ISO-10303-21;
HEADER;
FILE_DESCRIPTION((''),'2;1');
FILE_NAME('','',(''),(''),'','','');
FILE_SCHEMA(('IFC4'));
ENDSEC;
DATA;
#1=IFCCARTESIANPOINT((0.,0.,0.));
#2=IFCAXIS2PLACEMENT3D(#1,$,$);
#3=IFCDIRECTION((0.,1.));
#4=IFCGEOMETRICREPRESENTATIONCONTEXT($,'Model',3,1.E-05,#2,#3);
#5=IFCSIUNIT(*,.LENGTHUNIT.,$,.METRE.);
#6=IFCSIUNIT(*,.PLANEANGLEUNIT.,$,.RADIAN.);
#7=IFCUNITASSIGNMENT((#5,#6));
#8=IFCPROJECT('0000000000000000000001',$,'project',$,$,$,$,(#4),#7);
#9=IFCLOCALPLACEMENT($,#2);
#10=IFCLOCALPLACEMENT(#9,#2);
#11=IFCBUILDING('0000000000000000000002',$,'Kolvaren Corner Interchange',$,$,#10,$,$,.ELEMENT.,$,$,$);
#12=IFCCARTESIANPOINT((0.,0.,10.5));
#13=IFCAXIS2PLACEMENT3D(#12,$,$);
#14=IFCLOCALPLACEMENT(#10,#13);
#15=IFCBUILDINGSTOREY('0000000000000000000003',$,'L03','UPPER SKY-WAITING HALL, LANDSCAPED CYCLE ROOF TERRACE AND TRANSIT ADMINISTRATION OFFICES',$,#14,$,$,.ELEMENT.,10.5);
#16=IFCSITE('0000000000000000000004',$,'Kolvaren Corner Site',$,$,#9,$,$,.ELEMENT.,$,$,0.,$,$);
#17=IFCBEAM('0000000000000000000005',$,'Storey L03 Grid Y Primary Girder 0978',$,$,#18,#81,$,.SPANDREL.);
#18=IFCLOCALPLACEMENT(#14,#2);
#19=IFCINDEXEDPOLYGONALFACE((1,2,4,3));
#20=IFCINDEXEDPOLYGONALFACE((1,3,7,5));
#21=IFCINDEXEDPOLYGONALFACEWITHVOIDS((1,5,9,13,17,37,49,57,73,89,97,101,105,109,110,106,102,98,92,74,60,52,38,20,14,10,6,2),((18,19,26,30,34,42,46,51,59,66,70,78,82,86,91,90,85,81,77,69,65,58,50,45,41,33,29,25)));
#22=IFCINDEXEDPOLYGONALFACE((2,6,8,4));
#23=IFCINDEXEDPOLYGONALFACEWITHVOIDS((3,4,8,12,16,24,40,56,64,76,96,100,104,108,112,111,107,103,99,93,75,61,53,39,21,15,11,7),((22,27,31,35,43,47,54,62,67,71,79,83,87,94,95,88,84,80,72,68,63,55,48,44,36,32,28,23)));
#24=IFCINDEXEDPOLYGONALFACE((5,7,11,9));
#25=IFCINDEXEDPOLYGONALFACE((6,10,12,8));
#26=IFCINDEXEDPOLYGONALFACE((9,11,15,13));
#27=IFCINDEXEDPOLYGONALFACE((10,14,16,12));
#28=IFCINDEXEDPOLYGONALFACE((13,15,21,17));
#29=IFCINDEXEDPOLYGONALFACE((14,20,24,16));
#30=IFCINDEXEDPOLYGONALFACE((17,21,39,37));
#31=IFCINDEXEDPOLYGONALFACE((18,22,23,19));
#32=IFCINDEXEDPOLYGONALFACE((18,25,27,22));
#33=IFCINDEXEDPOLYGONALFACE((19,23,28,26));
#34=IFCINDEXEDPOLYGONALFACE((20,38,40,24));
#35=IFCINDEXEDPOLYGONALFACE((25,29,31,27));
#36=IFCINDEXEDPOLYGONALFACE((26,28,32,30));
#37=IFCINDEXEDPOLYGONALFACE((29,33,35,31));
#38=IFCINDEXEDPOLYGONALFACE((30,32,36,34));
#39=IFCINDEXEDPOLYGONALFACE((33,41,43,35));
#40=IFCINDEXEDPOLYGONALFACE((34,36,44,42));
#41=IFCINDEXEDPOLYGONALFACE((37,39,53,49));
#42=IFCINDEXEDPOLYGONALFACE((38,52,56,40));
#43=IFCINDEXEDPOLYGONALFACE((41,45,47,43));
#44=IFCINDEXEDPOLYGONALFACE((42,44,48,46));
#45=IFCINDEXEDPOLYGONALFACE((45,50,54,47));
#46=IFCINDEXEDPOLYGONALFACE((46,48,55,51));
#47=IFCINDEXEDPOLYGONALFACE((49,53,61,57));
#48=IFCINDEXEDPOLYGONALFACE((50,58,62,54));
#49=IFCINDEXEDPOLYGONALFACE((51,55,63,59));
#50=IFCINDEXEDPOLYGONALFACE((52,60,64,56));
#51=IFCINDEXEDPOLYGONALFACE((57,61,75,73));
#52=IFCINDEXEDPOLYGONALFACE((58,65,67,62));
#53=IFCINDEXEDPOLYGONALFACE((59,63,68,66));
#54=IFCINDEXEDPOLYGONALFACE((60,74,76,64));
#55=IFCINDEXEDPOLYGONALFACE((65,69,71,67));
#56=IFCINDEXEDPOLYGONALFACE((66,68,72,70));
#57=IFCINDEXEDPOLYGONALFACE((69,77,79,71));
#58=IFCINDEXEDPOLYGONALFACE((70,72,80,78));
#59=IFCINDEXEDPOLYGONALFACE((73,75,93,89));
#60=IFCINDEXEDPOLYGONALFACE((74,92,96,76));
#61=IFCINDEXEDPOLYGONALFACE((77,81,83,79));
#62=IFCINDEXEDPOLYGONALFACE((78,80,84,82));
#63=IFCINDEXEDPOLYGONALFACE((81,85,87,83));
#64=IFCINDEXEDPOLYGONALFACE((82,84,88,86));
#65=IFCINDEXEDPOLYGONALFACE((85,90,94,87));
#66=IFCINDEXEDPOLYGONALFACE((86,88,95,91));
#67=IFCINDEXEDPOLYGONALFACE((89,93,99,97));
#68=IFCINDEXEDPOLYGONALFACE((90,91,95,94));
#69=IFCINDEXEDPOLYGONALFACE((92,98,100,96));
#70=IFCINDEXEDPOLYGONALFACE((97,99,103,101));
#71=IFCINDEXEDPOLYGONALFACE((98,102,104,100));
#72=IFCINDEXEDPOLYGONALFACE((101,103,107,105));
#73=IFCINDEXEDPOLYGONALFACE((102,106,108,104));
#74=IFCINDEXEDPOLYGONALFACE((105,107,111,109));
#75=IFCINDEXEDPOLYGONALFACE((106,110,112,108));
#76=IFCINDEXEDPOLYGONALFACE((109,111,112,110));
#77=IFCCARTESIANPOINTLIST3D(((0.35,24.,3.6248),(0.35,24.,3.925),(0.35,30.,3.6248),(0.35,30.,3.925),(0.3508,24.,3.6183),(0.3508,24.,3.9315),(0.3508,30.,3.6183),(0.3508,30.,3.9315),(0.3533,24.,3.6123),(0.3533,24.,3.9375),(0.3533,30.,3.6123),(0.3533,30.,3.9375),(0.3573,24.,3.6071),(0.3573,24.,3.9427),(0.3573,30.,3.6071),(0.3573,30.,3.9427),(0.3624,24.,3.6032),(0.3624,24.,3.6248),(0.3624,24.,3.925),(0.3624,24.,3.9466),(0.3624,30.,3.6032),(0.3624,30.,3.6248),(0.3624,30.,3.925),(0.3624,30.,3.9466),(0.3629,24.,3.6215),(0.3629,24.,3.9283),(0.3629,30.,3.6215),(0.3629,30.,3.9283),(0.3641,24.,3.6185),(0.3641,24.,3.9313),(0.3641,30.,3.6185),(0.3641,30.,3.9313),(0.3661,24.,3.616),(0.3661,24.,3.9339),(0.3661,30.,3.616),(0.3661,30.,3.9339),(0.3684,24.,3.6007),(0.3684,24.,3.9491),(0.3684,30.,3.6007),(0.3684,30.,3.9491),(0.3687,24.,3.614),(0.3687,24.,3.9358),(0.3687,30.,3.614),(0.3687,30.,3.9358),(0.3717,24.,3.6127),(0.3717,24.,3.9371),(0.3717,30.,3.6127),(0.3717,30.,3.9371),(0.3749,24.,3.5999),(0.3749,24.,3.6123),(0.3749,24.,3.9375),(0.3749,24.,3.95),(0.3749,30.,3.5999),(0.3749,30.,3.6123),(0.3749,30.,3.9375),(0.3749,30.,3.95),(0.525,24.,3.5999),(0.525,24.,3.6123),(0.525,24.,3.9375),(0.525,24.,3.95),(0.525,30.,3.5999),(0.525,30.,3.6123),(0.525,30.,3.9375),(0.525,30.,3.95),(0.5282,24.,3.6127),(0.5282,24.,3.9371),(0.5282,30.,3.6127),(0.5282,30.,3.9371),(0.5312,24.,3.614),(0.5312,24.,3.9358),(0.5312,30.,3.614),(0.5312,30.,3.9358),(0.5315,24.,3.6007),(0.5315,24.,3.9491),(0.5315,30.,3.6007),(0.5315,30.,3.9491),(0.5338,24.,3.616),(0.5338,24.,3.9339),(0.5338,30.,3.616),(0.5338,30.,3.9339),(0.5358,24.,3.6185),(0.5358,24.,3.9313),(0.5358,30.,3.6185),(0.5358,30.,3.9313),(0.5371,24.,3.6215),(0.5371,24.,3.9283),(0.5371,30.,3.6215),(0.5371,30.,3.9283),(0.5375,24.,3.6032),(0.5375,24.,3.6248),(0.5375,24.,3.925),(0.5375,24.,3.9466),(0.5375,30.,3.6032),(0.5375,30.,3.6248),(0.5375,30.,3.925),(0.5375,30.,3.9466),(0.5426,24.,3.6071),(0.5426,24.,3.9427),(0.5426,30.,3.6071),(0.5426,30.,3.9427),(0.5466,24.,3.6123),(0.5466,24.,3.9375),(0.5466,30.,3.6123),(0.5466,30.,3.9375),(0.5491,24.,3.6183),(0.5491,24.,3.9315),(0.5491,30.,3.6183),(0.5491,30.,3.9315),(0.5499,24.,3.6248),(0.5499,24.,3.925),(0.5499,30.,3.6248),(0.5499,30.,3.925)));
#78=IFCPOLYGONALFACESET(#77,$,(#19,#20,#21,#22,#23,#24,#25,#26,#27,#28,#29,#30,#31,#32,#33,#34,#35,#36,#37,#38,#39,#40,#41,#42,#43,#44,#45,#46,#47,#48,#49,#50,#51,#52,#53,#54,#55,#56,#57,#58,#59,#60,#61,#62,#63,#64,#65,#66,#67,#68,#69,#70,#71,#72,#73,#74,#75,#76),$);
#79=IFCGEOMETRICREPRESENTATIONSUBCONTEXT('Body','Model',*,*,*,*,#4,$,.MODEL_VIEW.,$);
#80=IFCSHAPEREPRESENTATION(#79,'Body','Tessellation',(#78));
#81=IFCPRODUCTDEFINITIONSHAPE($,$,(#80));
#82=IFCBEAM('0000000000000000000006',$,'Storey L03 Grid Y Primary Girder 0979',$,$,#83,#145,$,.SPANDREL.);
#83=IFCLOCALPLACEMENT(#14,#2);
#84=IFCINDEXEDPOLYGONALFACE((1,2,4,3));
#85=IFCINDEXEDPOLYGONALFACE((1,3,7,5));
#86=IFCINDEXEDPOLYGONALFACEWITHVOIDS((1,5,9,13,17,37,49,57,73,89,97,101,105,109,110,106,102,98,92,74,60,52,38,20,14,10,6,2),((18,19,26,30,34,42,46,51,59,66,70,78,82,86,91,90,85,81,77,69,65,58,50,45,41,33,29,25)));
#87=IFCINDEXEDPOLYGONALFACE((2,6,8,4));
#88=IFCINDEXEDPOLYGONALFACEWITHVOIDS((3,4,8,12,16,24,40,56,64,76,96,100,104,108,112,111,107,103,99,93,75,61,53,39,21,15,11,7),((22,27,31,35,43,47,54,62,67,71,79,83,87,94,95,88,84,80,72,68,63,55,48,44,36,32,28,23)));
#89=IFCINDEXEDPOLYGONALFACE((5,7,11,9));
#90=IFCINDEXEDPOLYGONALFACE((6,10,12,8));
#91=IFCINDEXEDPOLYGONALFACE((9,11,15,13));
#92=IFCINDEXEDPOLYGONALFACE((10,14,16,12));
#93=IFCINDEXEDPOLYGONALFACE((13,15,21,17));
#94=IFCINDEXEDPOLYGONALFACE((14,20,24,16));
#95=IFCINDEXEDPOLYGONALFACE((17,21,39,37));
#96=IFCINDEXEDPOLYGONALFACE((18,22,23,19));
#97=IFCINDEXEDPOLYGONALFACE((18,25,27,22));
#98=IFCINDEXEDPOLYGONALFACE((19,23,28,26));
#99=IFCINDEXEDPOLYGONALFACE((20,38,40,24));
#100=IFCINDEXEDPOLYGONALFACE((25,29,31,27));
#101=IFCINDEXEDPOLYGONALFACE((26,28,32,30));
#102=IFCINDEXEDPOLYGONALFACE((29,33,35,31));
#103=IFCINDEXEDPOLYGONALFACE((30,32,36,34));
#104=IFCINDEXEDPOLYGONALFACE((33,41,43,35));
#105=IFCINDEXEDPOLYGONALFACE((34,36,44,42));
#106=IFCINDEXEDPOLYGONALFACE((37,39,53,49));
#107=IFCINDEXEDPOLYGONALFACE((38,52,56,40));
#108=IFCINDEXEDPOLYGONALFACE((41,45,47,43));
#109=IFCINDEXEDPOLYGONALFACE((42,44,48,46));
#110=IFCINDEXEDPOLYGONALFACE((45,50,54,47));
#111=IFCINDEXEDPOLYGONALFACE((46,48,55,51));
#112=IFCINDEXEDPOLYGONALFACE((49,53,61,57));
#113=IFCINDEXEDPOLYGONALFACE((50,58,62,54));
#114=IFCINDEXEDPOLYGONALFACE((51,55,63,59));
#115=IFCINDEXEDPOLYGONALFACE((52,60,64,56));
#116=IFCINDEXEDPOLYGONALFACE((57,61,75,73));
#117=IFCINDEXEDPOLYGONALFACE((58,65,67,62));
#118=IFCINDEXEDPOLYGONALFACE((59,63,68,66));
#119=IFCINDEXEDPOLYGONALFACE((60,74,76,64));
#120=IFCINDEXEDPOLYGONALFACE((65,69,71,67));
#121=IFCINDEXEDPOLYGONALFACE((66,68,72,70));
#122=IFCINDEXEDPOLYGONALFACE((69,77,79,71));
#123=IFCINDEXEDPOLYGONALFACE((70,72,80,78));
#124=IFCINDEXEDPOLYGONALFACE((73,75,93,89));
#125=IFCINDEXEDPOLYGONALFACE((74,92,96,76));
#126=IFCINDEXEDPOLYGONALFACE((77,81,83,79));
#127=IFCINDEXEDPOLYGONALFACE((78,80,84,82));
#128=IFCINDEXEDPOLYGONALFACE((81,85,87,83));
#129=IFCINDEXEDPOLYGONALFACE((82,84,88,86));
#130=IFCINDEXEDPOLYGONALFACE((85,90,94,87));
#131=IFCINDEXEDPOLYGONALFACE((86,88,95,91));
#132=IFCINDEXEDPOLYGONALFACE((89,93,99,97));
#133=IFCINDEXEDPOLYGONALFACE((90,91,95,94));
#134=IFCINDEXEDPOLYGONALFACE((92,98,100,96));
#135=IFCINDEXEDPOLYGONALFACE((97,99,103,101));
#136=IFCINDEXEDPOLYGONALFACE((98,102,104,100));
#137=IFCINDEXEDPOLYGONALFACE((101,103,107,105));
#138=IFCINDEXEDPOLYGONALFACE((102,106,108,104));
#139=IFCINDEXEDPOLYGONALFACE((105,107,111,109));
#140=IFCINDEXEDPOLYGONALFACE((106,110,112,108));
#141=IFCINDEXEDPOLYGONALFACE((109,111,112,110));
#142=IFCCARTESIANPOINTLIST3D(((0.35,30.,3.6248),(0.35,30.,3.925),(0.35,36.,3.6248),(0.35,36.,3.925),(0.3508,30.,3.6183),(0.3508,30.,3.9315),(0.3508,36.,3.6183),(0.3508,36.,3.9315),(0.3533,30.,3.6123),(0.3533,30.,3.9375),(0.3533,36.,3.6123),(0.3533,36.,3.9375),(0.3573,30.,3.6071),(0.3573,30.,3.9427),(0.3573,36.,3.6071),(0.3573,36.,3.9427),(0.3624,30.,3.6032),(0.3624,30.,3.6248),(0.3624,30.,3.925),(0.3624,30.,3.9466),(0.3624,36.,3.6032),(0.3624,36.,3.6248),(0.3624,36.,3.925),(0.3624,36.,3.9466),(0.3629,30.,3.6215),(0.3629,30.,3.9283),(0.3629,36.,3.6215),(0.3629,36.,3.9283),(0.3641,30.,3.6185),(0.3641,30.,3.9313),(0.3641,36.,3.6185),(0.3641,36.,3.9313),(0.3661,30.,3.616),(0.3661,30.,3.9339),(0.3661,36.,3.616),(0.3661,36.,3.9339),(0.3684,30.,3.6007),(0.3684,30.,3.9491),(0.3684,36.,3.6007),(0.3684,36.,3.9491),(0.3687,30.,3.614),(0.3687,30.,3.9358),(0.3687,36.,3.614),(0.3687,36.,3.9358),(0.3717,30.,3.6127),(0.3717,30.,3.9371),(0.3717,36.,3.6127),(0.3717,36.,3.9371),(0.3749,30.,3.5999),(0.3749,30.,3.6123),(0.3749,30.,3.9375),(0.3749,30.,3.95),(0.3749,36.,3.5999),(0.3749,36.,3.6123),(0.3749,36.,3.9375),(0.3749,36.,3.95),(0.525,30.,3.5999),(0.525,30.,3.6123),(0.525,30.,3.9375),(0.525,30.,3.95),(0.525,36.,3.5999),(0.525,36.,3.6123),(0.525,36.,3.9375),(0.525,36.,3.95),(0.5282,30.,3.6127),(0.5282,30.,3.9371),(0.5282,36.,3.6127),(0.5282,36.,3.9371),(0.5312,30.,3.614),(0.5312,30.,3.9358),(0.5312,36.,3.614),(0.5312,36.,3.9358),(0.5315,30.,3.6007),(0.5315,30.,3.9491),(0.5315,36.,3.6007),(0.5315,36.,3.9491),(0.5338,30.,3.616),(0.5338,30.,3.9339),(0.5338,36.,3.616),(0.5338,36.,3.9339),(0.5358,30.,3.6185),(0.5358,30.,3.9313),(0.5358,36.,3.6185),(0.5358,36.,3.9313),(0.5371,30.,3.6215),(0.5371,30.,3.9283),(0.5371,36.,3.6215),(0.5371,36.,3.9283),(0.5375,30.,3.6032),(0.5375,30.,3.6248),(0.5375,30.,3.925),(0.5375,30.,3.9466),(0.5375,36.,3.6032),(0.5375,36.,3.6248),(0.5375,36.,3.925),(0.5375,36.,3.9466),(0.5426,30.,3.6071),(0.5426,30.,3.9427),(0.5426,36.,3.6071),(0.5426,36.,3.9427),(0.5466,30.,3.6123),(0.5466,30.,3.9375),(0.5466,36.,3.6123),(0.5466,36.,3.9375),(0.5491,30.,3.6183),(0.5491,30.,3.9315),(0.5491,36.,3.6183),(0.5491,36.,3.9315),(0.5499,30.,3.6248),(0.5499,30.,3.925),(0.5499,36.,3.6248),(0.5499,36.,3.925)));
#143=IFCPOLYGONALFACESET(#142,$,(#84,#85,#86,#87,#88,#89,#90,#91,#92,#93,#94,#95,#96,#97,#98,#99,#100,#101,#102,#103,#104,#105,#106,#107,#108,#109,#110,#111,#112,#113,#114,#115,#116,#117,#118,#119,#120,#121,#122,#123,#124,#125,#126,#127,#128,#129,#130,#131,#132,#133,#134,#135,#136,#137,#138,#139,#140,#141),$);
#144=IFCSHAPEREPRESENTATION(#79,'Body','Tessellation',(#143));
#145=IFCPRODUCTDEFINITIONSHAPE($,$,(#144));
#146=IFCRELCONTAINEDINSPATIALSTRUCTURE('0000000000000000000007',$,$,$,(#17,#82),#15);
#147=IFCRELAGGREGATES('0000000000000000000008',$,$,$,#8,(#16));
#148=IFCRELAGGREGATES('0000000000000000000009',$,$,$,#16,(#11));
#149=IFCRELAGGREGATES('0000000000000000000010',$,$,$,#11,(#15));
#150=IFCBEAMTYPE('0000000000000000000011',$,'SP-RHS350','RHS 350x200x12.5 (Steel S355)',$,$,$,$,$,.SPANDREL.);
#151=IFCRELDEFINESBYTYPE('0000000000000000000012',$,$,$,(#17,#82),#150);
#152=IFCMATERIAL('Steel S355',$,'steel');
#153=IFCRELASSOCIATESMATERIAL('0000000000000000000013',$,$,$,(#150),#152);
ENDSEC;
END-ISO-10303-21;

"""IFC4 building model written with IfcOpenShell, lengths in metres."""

from ifc_helpers import new_model, si_unit, direction, frame, origin, origin_2d, place, context, subcontext, project, spatial, hollow_rectangle, extrude, material, material_profile, profile_set, type_object, element, save


model = new_model("IFC4")

# Units and contexts
model_context = context("Model", 3, precision=1e-05, world=origin(), true_north=direction((0.0, 1.0)))
body_context = subcontext(model_context, "Body", "Model", "MODEL_VIEW")
ifc_project = project(units=[si_unit("LENGTHUNIT", "METRE"), si_unit("PLANEANGLEUNIT", "RADIAN")], contexts=[model_context])

# Site, building, storey
site_placement = place(None, origin())
site = spatial("IfcSite", under=ifc_project, at=site_placement, Name="Kolvaren Corner Site", CompositionType="ELEMENT", RefElevation=0.0)
building_placement = place(site_placement, origin())
building = spatial("IfcBuilding", under=site, at=building_placement, Name="Kolvaren Corner Interchange", CompositionType="ELEMENT")
storey_placement = place(building_placement, frame((0.0, 0.0, 10.5)))
storey = spatial("IfcBuildingStorey", under=building, at=storey_placement, Name="L03", Description="UPPER SKY-WAITING HALL, LANDSCAPED CYCLE ROOF TERRACE AND TRANSIT ADMINISTRATION OFFICES", CompositionType="ELEMENT", Elevation=10.5)

# Beams
ifc_material_1 = material(Name="Steel S355", Category="steel")
ifc_material_profile_1 = material_profile(ifc_material_1, hollow_rectangle(XDim=0.2, YDim=0.3501, WallThickness=0.0125, InnerFilletRadius=0.0125, OuterFilletRadius=0.0249, at=origin_2d()), Name="RHS 350x200x12.5")
ifc_profile_set_1 = profile_set([ifc_material_profile_1], Name="Steel S355")
beam_type_1 = type_object("IfcBeamType", Name="SP-RHS350", Description="RHS 350x200x12.5 (Steel S355)", PredefinedType="SPANDREL", material=ifc_profile_set_1)
for number, where, z_axis, x_axis, name in (
    (1, (0.45, 24.0, 3.7749), (0.0, 1.0, 0.0), (-1.0, 0.0, 0.0), "Storey L03 Grid Y Primary Girder 0978"),
    (2, (0.45, 30.0, 3.7749), (0.0, 1.0, 0.0), (-1.0, 0.0, 0.0), "Storey L03 Grid Y Primary Girder 0979"),
):
    element("IfcBeam", number, at=place(storey_placement, frame(where, z_axis=z_axis, x_axis=x_axis)), inside=storey, type_object=beam_type_1, Name=name, PredefinedType="SPANDREL", context=body_context, shape_type="SweptSolid", body=[
        extrude(hollow_rectangle(XDim=0.2, YDim=0.3501, WallThickness=0.0125, InnerFilletRadius=0.0125, OuterFilletRadius=0.0249, at=origin_2d()), origin(), (0.0, 0.0, 1.0), 6.0),
    ])

save(model, "model.ifc")
